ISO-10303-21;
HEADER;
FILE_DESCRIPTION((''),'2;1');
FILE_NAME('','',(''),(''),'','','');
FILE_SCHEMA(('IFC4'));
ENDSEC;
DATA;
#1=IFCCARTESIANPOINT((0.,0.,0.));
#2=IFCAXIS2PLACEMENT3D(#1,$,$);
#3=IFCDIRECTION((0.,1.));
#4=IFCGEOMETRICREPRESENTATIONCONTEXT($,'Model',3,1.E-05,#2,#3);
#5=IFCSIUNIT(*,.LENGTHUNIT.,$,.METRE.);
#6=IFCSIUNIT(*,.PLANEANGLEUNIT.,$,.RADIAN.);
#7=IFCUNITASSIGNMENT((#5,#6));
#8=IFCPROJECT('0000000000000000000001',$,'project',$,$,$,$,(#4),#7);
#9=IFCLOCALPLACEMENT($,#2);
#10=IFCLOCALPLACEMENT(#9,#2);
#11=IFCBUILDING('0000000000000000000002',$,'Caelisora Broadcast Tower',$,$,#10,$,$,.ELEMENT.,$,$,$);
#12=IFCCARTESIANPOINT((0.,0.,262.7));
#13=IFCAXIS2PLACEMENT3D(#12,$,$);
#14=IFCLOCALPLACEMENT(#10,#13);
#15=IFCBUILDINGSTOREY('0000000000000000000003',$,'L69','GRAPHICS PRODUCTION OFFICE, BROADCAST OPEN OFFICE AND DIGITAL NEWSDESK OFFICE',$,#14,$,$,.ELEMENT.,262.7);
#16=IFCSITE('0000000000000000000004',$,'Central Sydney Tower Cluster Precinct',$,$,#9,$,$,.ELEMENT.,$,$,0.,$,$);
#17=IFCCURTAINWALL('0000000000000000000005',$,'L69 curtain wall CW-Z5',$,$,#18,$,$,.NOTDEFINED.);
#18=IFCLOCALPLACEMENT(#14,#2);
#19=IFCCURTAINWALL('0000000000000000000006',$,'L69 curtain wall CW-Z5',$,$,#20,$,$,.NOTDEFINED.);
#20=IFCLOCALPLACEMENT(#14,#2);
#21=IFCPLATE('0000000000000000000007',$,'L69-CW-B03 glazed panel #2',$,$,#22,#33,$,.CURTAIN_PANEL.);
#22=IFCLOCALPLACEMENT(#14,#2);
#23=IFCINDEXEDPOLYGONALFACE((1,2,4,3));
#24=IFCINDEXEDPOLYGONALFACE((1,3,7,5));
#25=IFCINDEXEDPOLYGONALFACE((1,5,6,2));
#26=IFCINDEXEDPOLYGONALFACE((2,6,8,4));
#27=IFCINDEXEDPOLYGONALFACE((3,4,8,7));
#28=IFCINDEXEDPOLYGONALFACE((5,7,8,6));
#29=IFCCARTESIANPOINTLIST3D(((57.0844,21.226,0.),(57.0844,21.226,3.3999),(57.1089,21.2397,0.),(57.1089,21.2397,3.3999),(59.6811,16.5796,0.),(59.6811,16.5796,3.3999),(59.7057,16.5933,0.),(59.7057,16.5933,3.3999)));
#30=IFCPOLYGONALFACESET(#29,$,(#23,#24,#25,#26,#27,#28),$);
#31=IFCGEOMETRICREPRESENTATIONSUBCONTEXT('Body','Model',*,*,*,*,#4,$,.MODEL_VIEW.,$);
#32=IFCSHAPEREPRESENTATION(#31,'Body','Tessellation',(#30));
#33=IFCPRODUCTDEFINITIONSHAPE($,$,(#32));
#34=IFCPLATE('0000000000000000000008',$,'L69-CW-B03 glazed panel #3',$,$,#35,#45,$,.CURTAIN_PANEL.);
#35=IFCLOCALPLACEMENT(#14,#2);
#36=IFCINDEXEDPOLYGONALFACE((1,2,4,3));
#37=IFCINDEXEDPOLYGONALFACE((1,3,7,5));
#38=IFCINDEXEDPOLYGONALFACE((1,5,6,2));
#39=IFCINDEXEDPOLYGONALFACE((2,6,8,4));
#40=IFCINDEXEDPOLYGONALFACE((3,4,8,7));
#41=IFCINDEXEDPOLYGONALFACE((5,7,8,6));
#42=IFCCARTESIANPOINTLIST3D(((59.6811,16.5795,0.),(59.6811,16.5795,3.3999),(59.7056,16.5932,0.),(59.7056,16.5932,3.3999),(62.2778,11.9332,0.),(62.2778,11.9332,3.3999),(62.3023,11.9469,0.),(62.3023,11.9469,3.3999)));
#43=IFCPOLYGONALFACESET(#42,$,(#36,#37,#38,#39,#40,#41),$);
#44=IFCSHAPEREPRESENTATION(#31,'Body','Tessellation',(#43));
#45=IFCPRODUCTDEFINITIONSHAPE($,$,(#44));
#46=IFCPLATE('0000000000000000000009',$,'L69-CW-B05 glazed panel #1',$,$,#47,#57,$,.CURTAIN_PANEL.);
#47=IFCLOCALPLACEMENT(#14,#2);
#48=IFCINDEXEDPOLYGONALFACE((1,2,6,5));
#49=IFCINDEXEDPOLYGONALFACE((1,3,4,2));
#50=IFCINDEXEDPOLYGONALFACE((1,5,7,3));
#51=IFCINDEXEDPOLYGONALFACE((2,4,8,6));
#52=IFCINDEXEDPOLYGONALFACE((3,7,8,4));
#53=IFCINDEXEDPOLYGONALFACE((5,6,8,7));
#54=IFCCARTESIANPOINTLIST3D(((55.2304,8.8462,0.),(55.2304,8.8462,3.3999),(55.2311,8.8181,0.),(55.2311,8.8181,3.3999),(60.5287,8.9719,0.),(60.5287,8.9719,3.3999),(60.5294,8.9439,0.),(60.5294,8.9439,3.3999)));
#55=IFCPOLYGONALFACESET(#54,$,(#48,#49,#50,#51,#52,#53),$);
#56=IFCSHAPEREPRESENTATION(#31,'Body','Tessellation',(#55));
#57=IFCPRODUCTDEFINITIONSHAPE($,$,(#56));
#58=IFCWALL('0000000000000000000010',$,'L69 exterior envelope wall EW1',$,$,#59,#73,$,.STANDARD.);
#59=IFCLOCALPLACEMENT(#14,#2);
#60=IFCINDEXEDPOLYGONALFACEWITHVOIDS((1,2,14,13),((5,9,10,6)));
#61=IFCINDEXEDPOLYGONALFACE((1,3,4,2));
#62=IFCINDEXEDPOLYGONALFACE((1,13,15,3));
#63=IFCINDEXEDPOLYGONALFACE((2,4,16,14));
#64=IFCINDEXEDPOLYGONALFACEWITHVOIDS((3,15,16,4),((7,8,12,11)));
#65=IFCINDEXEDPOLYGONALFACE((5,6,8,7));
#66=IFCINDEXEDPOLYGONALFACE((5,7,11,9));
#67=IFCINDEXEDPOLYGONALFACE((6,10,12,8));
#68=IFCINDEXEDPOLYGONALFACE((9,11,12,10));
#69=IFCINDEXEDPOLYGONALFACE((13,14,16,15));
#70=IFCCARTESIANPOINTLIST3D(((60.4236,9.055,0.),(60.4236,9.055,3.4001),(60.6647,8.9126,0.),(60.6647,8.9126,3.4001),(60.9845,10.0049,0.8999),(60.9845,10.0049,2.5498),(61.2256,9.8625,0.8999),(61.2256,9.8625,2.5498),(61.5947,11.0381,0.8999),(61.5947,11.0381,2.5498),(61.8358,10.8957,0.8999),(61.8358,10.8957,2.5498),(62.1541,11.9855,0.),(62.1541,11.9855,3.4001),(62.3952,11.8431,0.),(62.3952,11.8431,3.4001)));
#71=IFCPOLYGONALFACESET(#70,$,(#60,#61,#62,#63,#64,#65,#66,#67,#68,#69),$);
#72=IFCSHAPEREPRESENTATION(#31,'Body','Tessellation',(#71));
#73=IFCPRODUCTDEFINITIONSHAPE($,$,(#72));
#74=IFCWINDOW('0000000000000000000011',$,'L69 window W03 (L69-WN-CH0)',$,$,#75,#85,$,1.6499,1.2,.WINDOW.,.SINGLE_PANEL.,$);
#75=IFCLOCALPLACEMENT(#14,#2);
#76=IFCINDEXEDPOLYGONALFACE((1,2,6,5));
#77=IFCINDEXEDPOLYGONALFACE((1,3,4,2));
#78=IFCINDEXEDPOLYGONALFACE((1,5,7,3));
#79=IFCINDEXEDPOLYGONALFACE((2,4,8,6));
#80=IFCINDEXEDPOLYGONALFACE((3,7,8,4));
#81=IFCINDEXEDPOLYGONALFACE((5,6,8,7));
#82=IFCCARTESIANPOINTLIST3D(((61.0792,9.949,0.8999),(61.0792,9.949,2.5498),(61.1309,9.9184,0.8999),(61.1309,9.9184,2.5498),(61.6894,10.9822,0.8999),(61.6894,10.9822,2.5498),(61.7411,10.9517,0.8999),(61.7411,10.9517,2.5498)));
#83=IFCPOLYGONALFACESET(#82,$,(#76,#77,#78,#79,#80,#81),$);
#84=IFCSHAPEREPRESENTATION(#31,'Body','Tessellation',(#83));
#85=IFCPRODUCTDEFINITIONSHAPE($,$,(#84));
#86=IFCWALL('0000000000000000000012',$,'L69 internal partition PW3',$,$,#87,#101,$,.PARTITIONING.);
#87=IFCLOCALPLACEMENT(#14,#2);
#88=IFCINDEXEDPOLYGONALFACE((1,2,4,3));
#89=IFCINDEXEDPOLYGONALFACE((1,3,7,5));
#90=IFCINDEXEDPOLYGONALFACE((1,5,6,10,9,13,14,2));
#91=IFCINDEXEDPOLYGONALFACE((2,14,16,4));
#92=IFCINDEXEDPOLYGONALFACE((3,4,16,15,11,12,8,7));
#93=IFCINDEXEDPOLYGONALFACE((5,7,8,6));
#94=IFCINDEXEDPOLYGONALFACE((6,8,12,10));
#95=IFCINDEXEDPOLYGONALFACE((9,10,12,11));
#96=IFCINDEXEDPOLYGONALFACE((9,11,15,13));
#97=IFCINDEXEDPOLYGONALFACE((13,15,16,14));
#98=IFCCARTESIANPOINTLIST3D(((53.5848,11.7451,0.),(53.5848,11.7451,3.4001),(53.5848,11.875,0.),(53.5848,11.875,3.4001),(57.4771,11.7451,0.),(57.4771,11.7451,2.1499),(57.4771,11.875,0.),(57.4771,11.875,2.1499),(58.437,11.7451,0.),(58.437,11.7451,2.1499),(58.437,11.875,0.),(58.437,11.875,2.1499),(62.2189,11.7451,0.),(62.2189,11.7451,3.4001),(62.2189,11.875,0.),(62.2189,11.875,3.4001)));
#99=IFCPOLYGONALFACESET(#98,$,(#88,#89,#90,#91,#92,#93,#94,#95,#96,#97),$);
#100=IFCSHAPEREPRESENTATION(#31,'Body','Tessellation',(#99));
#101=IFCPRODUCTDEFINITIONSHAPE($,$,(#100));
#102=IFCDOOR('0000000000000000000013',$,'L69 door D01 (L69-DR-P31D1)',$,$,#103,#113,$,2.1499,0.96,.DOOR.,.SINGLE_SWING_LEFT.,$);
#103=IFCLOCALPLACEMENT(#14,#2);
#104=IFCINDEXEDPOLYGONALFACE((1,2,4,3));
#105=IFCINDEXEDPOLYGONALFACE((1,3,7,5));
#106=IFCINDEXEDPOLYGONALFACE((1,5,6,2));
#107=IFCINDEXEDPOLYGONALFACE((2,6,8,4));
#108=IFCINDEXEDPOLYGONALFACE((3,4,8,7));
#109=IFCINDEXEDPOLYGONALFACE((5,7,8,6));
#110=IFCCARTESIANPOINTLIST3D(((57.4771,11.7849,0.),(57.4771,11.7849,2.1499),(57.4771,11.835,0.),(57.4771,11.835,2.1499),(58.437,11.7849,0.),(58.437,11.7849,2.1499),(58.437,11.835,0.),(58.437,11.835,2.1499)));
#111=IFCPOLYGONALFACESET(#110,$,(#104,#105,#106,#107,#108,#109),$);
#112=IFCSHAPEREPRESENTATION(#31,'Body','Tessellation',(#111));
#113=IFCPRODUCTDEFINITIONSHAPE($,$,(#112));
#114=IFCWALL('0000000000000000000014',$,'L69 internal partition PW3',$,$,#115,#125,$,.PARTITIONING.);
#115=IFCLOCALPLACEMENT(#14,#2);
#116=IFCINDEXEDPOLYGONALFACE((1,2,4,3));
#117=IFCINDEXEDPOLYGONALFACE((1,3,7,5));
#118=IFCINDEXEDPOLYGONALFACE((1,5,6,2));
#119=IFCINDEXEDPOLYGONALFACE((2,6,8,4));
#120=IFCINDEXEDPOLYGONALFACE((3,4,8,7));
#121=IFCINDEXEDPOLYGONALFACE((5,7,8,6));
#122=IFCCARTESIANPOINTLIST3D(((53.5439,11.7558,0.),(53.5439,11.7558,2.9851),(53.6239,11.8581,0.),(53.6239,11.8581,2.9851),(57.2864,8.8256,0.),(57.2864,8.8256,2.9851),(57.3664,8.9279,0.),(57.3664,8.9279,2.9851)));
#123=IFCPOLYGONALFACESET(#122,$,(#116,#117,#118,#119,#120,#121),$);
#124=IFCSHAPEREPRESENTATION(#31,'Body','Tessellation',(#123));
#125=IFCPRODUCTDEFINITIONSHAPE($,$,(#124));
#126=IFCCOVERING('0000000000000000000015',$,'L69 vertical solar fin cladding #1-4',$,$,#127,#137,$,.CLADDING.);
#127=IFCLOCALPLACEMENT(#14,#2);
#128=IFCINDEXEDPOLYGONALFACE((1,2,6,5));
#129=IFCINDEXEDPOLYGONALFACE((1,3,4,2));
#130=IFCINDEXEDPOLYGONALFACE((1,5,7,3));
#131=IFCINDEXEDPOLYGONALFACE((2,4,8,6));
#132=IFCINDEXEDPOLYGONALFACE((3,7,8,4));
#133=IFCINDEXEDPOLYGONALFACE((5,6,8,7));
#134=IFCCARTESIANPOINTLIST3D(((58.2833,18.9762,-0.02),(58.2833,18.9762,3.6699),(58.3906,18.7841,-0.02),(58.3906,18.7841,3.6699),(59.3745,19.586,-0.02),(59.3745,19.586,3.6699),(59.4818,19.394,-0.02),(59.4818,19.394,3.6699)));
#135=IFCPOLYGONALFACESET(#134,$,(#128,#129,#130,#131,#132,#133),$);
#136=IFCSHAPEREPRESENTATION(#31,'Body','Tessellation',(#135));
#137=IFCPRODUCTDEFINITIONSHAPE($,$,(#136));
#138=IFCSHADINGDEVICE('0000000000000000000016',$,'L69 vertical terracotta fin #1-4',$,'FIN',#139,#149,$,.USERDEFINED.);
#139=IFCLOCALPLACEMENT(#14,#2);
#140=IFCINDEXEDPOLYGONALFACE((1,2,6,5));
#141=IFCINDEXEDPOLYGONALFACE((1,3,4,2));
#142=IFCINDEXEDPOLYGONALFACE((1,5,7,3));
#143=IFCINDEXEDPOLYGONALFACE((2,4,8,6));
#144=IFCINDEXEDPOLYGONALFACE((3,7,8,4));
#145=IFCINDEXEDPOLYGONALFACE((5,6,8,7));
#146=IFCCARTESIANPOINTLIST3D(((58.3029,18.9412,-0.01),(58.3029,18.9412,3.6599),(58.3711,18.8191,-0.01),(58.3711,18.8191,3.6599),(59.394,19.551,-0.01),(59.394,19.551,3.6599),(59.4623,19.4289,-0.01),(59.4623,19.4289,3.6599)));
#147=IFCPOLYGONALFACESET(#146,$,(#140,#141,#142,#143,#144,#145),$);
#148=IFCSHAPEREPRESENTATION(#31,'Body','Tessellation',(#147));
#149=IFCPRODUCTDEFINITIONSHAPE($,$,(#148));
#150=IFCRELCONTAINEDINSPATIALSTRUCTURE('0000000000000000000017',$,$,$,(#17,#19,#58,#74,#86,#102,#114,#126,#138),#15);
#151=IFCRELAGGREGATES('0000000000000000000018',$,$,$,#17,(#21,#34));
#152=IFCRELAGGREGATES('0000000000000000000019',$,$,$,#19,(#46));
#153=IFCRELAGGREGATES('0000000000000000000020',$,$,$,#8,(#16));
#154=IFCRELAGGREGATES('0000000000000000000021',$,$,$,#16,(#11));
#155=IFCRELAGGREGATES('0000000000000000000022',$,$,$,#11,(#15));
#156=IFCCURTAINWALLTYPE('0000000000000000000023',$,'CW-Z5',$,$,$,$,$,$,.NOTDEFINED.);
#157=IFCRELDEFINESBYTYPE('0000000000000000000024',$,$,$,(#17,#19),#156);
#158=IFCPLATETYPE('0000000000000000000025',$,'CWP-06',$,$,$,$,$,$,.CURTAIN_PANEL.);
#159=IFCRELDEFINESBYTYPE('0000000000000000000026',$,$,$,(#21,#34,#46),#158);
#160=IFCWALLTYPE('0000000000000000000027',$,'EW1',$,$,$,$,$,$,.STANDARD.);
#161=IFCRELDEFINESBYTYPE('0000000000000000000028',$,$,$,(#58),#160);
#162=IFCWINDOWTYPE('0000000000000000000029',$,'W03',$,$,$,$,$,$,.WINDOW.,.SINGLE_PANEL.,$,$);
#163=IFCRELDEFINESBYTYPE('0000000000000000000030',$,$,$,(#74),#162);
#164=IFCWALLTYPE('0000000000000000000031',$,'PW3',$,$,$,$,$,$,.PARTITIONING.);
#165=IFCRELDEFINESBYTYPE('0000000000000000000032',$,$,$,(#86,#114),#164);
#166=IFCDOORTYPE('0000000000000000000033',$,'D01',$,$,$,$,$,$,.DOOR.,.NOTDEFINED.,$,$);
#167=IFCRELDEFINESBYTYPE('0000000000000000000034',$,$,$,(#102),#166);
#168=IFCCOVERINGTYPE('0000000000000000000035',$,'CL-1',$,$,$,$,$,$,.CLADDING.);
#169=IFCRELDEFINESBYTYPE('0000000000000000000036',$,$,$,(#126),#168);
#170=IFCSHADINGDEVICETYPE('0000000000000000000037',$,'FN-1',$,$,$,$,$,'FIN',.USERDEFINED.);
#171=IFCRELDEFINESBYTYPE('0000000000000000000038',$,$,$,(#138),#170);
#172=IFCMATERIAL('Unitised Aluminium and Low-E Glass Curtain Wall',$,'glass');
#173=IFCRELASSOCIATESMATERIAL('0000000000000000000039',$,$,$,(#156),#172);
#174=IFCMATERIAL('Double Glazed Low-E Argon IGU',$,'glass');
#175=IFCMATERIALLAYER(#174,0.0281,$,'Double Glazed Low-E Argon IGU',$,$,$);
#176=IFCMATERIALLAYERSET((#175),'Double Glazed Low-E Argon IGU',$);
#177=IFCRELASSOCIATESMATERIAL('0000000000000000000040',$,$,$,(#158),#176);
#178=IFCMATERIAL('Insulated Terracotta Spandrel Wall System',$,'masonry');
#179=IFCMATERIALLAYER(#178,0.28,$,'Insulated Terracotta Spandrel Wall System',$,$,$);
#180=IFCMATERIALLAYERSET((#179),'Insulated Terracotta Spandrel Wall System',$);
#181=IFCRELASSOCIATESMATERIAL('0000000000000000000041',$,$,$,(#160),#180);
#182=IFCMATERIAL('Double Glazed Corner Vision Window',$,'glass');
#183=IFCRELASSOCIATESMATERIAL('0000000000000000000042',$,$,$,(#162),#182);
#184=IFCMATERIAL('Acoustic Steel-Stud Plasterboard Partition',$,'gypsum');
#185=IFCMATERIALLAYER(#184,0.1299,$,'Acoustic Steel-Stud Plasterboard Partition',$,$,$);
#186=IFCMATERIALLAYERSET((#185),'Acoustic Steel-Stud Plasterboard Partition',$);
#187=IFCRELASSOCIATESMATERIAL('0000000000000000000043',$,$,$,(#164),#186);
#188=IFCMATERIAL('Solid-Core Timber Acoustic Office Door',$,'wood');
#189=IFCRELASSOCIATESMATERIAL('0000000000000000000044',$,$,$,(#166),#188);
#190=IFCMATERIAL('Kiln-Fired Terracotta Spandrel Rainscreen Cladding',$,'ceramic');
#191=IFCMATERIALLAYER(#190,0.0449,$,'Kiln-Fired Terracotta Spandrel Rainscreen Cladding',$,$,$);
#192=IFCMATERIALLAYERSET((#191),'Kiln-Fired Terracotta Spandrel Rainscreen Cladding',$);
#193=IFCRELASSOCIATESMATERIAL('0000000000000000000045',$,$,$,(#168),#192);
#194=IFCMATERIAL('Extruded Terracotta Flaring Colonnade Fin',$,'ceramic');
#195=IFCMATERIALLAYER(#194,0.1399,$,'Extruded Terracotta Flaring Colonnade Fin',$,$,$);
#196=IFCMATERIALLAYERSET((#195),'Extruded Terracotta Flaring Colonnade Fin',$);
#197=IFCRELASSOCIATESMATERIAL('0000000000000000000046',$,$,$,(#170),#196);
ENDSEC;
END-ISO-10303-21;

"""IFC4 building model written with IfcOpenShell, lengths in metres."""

from ifc_helpers import new_model, si_unit, direction, frame, frame_2d, origin, origin_2d, place, context, subcontext, project, spatial, rectangle, extrude, source, transform, mapped, material, layer, layer_set, type_object, type_shapes, element, fill, aggregate, save


model = new_model("IFC4")

# Units and contexts
model_context = context("Model", 3, precision=1e-05, world=origin(), true_north=direction((0.0, 1.0)))
body_context = subcontext(model_context, "Body", "Model", "MODEL_VIEW")
ifc_project = project(units=[si_unit("LENGTHUNIT", "METRE"), si_unit("PLANEANGLEUNIT", "RADIAN")], contexts=[model_context])

# Site, building, storey
site_placement = place(None, origin())
site = spatial("IfcSite", under=ifc_project, at=site_placement, Name="Central Sydney Tower Cluster Precinct", CompositionType="ELEMENT", RefElevation=0.0)
building_placement = place(site_placement, origin())
building = spatial("IfcBuilding", under=site, at=building_placement, Name="Caelisora Broadcast Tower", CompositionType="ELEMENT")
storey_placement = place(building_placement, frame((0.0, 0.0, 262.7)))
storey = spatial("IfcBuildingStorey", under=building, at=storey_placement, Name="L69", Description="GRAPHICS PRODUCTION OFFICE, BROADCAST OPEN OFFICE AND DIGITAL NEWSDESK OFFICE", CompositionType="ELEMENT", Elevation=262.7)

# Curtain walls
ifc_material_1 = material(Name="Unitised Aluminium and Low-E Glass Curtain Wall", Category="glass")
curtain_wall_type = type_object("IfcCurtainWallType", Name="CW-Z5", PredefinedType="NOTDEFINED", material=ifc_material_1)
curtain_wall_1_placement = place(storey_placement, origin())
curtain_wall_1 = element("IfcCurtainWall", 1, at=curtain_wall_1_placement, inside=storey, type_object=curtain_wall_type, Name="L69 curtain wall CW-Z5", PredefinedType="NOTDEFINED")
curtain_wall_2_placement = place(storey_placement, origin())
curtain_wall_2 = element("IfcCurtainWall", 2, at=curtain_wall_2_placement, inside=storey, type_object=curtain_wall_type, Name="L69 curtain wall CW-Z5", PredefinedType="NOTDEFINED")

# Plates
ifc_material_2 = material(Name="Double Glazed Low-E Argon IGU", Category="glass")
ifc_layer_1 = layer(ifc_material_2, 0.0281, Name="Double Glazed Low-E Argon IGU")
ifc_layer_set_1 = layer_set([ifc_layer_1], Name="Double Glazed Low-E Argon IGU")
plate_type_1 = type_object("IfcPlateType", Name="CWP-06", PredefinedType="CURTAIN_PANEL", material=ifc_layer_set_1)
shared_shape_1 = source(origin(), body_context, "Body", "SweptSolid", [
    extrude(rectangle(XDim=5.3228, YDim=0.0281, at=origin_2d()), origin(), (0.0, 0.0, 1.0), 3.3999),
])
plate_1_placement = place(storey_placement, frame((58.395, 18.9097, 0.0), z_axis=(0.0, 0.0, 1.0), x_axis=(0.48786, -0.872922, 0.0)))
plate_1 = element("IfcPlate", 3, at=plate_1_placement, type_object=plate_type_1, Name="L69-CW-B03 glazed panel #2", PredefinedType="CURTAIN_PANEL", context=body_context, shape_type="MappedRepresentation", body=[
    mapped(shared_shape_1, transform((0.0, 0.0, 0.0), scale=1.0)),
])
plate_2_placement = place(storey_placement, frame((60.9917, 14.2632, 0.0), z_axis=(0.0, 0.0, 1.0), x_axis=(0.48786, -0.872922, 0.0)))
plate_2 = element("IfcPlate", 4, at=plate_2_placement, type_object=plate_type_1, Name="L69-CW-B03 glazed panel #3", PredefinedType="CURTAIN_PANEL", context=body_context, shape_type="MappedRepresentation", body=[
    mapped(shared_shape_1, transform((0.0, 0.0, 0.0), scale=1.0)),
])
aggregate(curtain_wall_1, [plate_1, plate_2])
shared_shape_2 = source(origin(), body_context, "Body", "SweptSolid", [
    extrude(rectangle(XDim=5.2998, YDim=0.0281, at=origin_2d()), origin(), (0.0, 0.0, 1.0), 3.3999),
])
type_shapes(plate_type_1, [shared_shape_1, shared_shape_2])
plate_3_placement = place(storey_placement, frame((57.8799, 8.895, 0.0), z_axis=(0.0, 0.0, 1.0), x_axis=(-0.999718, -0.023734, 0.0)))
plate_3 = element("IfcPlate", 5, at=plate_3_placement, type_object=plate_type_1, Name="L69-CW-B05 glazed panel #1", PredefinedType="CURTAIN_PANEL", context=body_context, shape_type="MappedRepresentation", body=[
    mapped(shared_shape_2, transform((0.0, 0.0, 0.0), scale=1.0)),
])
aggregate(curtain_wall_2, [plate_3])

# Wall, opening, window
ifc_material_3 = material(Name="Insulated Terracotta Spandrel Wall System", Category="masonry")
ifc_layer_2 = layer(ifc_material_3, 0.28, Name="Insulated Terracotta Spandrel Wall System")
ifc_layer_set_2 = layer_set([ifc_layer_2], Name="Insulated Terracotta Spandrel Wall System")
wall_type_1 = type_object("IfcWallType", Name="EW1", PredefinedType="STANDARD", material=ifc_layer_set_2)
wall_1_placement = place(storey_placement, frame((62.2747, 11.9143, 0.0), z_axis=(0.0, 0.0, 1.0), x_axis=(-0.50848, -0.861074, 0.0)))
wall_1 = element("IfcWall", 6, at=wall_1_placement, inside=storey, type_object=wall_type_1, Name="L69 exterior envelope wall EW1", PredefinedType="STANDARD", context=body_context, shape_type="SweptSolid", body=[
    extrude(rectangle(XDim=3.4033, YDim=0.28, at=frame_2d((1.7017, 0.0))), origin(), (0.0, 0.0, 1.0), 3.4001),
])
opening_1_placement = place(wall_1_placement, frame((1.1001, 0.0, 0.8999)))
opening_1 = element("IfcOpeningElement", 7, at=opening_1_placement, cuts=wall_1, PredefinedType="OPENING", context=body_context, shape_type="SweptSolid", body=[
    extrude(rectangle(XDim=1.2, YDim=1.6499, at=frame_2d((0.6001, 0.825))), frame((0.0, 0.1521, 0.0), z_axis=(0.0, -1.0, 0.0), x_axis=(1.0, 0.0, 0.0)), (0.0, 0.0, 1.0), 0.304),
])
ifc_material_4 = material(Name="Double Glazed Corner Vision Window", Category="glass")
window_type = type_object("IfcWindowType", Name="W03", PartitioningType="SINGLE_PANEL", PredefinedType="WINDOW", material=ifc_material_4)
window_placement = place(opening_1_placement, origin())
window = element("IfcWindow", 8, at=window_placement, inside=storey, type_object=window_type, Name="L69 window W03 (L69-WN-CH0)", OverallHeight=1.6499, OverallWidth=1.2, PartitioningType="SINGLE_PANEL", PredefinedType="WINDOW", context=body_context, shape_type="SweptSolid", body=[
    extrude(rectangle(XDim=1.2, YDim=1.6499, at=frame_2d((0.6001, 0.825))), frame((0.0, 0.03, 0.0), z_axis=(0.0, -1.0, 0.0), x_axis=(1.0, 0.0, 0.0)), (0.0, 0.0, 1.0), 0.0601),
])
fill(opening_1, window)

# Wall, opening, door
ifc_material_5 = material(Name="Acoustic Steel-Stud Plasterboard Partition", Category="gypsum")
ifc_layer_3 = layer(ifc_material_5, 0.1299, Name="Acoustic Steel-Stud Plasterboard Partition")
ifc_layer_set_3 = layer_set([ifc_layer_3], Name="Acoustic Steel-Stud Plasterboard Partition")
wall_type_2 = type_object("IfcWallType", Name="PW3", PredefinedType="PARTITIONING", material=ifc_layer_set_3)
wall_2_placement = place(storey_placement, frame((53.585, 11.8101, 0.0), z_axis=(0.0, 0.0, 1.0), x_axis=(1.0, 0.0, 0.0)))
wall_2 = element("IfcWall", 9, at=wall_2_placement, inside=storey, type_object=wall_type_2, Name="L69 internal partition PW3", PredefinedType="PARTITIONING", context=body_context, shape_type="SweptSolid", body=[
    extrude(rectangle(XDim=8.634, YDim=0.1299, at=frame_2d((4.3169, 0.0))), origin(), (0.0, 0.0, 1.0), 3.4001),
])
opening_2_placement = place(wall_2_placement, frame((3.8921, 0.0, 0.0)))
opening_2 = element("IfcOpeningElement", 10, at=opening_2_placement, cuts=wall_2, PredefinedType="OPENING", context=body_context, shape_type="SweptSolid", body=[
    extrude(rectangle(XDim=0.96, YDim=2.1499, at=frame_2d((0.48, 1.075))), frame((0.0, 0.0769, 0.0), z_axis=(0.0, -1.0, 0.0), x_axis=(1.0, 0.0, 0.0)), (0.0, 0.0, 1.0), 0.1538),
])
ifc_material_6 = material(Name="Solid-Core Timber Acoustic Office Door", Category="wood")
door_type = type_object("IfcDoorType", Name="D01", OperationType="NOTDEFINED", PredefinedType="DOOR", material=ifc_material_6)
door_placement = place(opening_2_placement, origin())
door = element("IfcDoor", 11, at=door_placement, inside=storey, type_object=door_type, Name="L69 door D01 (L69-DR-P31D1)", OperationType="SINGLE_SWING_LEFT", OverallHeight=2.1499, OverallWidth=0.96, PredefinedType="DOOR", context=body_context, shape_type="SweptSolid", body=[
    extrude(rectangle(XDim=0.96, YDim=2.1499, at=frame_2d((0.48, 1.075))), frame((0.0, 0.0249, 0.0), z_axis=(0.0, -1.0, 0.0), x_axis=(1.0, 0.0, 0.0)), (0.0, 0.0, 1.0), 0.05),
])
fill(opening_2, door)

# Wall
wall_3_placement = place(storey_placement, frame((53.584, 11.8069, 0.0), z_axis=(0.0, 0.0, 1.0), x_axis=(0.787371, -0.61648, 0.0)))
element("IfcWall", 12, at=wall_3_placement, inside=storey, type_object=wall_type_2, Name="L69 internal partition PW3", PredefinedType="PARTITIONING", context=body_context, shape_type="SweptSolid", body=[
    extrude(rectangle(XDim=4.7532, YDim=0.1299, at=frame_2d((2.3765, 0.0))), origin(), (0.0, 0.0, 1.0), 2.9851),
])

# Covering
ifc_material_7 = material(Name="Kiln-Fired Terracotta Spandrel Rainscreen Cladding", Category="ceramic")
ifc_layer_4 = layer(ifc_material_7, 0.0449, Name="Kiln-Fired Terracotta Spandrel Rainscreen Cladding")
ifc_layer_set_4 = layer_set([ifc_layer_4], Name="Kiln-Fired Terracotta Spandrel Rainscreen Cladding")
covering_type = type_object("IfcCoveringType", Name="CL-1", PredefinedType="CLADDING", material=ifc_layer_set_4)
shared_shape_3 = source(origin(), body_context, "Body", "SweptSolid", [
    extrude(rectangle(XDim=0.22, YDim=1.25, at=origin_2d()), origin(), (0.0, 0.0, 1.0), 3.6899),
])
type_shapes(covering_type, [shared_shape_3])
covering_placement = place(storey_placement, frame((58.8826, 19.1851, -0.02), z_axis=(0.0, 0.0, 1.0), x_axis=(0.48786, -0.872922, 0.0)))
element("IfcCovering", 13, at=covering_placement, inside=storey, type_object=covering_type, Name="L69 vertical solar fin cladding #1-4", PredefinedType="CLADDING", context=body_context, shape_type="MappedRepresentation", body=[
    mapped(shared_shape_3, transform((0.0, 0.0, 0.0), scale=1.0)),
])

# Shading device
ifc_material_8 = material(Name="Extruded Terracotta Flaring Colonnade Fin", Category="ceramic")
ifc_layer_5 = layer(ifc_material_8, 0.1399, Name="Extruded Terracotta Flaring Colonnade Fin")
ifc_layer_set_5 = layer_set([ifc_layer_5], Name="Extruded Terracotta Flaring Colonnade Fin")
shading_device_type = type_object("IfcShadingDeviceType", Name="FN-1", ElementType="FIN", PredefinedType="USERDEFINED", material=ifc_layer_set_5)
shared_shape_4 = source(origin(), body_context, "Body", "SweptSolid", [
    extrude(rectangle(XDim=0.1399, YDim=1.25, at=origin_2d()), origin(), (0.0, 0.0, 1.0), 3.6699),
])
type_shapes(shading_device_type, [shared_shape_4])
shading_device_placement = place(storey_placement, frame((58.8826, 19.1851, -0.01), z_axis=(0.0, 0.0, 1.0), x_axis=(0.48786, -0.872922, 0.0)))
element("IfcShadingDevice", 14, at=shading_device_placement, inside=storey, type_object=shading_device_type, Name="L69 vertical terracotta fin #1-4", ObjectType="FIN", PredefinedType="USERDEFINED", context=body_context, shape_type="MappedRepresentation", body=[
    mapped(shared_shape_4, transform((0.0, 0.0, 0.0), scale=1.0)),
])

save(model, "model.ifc")
